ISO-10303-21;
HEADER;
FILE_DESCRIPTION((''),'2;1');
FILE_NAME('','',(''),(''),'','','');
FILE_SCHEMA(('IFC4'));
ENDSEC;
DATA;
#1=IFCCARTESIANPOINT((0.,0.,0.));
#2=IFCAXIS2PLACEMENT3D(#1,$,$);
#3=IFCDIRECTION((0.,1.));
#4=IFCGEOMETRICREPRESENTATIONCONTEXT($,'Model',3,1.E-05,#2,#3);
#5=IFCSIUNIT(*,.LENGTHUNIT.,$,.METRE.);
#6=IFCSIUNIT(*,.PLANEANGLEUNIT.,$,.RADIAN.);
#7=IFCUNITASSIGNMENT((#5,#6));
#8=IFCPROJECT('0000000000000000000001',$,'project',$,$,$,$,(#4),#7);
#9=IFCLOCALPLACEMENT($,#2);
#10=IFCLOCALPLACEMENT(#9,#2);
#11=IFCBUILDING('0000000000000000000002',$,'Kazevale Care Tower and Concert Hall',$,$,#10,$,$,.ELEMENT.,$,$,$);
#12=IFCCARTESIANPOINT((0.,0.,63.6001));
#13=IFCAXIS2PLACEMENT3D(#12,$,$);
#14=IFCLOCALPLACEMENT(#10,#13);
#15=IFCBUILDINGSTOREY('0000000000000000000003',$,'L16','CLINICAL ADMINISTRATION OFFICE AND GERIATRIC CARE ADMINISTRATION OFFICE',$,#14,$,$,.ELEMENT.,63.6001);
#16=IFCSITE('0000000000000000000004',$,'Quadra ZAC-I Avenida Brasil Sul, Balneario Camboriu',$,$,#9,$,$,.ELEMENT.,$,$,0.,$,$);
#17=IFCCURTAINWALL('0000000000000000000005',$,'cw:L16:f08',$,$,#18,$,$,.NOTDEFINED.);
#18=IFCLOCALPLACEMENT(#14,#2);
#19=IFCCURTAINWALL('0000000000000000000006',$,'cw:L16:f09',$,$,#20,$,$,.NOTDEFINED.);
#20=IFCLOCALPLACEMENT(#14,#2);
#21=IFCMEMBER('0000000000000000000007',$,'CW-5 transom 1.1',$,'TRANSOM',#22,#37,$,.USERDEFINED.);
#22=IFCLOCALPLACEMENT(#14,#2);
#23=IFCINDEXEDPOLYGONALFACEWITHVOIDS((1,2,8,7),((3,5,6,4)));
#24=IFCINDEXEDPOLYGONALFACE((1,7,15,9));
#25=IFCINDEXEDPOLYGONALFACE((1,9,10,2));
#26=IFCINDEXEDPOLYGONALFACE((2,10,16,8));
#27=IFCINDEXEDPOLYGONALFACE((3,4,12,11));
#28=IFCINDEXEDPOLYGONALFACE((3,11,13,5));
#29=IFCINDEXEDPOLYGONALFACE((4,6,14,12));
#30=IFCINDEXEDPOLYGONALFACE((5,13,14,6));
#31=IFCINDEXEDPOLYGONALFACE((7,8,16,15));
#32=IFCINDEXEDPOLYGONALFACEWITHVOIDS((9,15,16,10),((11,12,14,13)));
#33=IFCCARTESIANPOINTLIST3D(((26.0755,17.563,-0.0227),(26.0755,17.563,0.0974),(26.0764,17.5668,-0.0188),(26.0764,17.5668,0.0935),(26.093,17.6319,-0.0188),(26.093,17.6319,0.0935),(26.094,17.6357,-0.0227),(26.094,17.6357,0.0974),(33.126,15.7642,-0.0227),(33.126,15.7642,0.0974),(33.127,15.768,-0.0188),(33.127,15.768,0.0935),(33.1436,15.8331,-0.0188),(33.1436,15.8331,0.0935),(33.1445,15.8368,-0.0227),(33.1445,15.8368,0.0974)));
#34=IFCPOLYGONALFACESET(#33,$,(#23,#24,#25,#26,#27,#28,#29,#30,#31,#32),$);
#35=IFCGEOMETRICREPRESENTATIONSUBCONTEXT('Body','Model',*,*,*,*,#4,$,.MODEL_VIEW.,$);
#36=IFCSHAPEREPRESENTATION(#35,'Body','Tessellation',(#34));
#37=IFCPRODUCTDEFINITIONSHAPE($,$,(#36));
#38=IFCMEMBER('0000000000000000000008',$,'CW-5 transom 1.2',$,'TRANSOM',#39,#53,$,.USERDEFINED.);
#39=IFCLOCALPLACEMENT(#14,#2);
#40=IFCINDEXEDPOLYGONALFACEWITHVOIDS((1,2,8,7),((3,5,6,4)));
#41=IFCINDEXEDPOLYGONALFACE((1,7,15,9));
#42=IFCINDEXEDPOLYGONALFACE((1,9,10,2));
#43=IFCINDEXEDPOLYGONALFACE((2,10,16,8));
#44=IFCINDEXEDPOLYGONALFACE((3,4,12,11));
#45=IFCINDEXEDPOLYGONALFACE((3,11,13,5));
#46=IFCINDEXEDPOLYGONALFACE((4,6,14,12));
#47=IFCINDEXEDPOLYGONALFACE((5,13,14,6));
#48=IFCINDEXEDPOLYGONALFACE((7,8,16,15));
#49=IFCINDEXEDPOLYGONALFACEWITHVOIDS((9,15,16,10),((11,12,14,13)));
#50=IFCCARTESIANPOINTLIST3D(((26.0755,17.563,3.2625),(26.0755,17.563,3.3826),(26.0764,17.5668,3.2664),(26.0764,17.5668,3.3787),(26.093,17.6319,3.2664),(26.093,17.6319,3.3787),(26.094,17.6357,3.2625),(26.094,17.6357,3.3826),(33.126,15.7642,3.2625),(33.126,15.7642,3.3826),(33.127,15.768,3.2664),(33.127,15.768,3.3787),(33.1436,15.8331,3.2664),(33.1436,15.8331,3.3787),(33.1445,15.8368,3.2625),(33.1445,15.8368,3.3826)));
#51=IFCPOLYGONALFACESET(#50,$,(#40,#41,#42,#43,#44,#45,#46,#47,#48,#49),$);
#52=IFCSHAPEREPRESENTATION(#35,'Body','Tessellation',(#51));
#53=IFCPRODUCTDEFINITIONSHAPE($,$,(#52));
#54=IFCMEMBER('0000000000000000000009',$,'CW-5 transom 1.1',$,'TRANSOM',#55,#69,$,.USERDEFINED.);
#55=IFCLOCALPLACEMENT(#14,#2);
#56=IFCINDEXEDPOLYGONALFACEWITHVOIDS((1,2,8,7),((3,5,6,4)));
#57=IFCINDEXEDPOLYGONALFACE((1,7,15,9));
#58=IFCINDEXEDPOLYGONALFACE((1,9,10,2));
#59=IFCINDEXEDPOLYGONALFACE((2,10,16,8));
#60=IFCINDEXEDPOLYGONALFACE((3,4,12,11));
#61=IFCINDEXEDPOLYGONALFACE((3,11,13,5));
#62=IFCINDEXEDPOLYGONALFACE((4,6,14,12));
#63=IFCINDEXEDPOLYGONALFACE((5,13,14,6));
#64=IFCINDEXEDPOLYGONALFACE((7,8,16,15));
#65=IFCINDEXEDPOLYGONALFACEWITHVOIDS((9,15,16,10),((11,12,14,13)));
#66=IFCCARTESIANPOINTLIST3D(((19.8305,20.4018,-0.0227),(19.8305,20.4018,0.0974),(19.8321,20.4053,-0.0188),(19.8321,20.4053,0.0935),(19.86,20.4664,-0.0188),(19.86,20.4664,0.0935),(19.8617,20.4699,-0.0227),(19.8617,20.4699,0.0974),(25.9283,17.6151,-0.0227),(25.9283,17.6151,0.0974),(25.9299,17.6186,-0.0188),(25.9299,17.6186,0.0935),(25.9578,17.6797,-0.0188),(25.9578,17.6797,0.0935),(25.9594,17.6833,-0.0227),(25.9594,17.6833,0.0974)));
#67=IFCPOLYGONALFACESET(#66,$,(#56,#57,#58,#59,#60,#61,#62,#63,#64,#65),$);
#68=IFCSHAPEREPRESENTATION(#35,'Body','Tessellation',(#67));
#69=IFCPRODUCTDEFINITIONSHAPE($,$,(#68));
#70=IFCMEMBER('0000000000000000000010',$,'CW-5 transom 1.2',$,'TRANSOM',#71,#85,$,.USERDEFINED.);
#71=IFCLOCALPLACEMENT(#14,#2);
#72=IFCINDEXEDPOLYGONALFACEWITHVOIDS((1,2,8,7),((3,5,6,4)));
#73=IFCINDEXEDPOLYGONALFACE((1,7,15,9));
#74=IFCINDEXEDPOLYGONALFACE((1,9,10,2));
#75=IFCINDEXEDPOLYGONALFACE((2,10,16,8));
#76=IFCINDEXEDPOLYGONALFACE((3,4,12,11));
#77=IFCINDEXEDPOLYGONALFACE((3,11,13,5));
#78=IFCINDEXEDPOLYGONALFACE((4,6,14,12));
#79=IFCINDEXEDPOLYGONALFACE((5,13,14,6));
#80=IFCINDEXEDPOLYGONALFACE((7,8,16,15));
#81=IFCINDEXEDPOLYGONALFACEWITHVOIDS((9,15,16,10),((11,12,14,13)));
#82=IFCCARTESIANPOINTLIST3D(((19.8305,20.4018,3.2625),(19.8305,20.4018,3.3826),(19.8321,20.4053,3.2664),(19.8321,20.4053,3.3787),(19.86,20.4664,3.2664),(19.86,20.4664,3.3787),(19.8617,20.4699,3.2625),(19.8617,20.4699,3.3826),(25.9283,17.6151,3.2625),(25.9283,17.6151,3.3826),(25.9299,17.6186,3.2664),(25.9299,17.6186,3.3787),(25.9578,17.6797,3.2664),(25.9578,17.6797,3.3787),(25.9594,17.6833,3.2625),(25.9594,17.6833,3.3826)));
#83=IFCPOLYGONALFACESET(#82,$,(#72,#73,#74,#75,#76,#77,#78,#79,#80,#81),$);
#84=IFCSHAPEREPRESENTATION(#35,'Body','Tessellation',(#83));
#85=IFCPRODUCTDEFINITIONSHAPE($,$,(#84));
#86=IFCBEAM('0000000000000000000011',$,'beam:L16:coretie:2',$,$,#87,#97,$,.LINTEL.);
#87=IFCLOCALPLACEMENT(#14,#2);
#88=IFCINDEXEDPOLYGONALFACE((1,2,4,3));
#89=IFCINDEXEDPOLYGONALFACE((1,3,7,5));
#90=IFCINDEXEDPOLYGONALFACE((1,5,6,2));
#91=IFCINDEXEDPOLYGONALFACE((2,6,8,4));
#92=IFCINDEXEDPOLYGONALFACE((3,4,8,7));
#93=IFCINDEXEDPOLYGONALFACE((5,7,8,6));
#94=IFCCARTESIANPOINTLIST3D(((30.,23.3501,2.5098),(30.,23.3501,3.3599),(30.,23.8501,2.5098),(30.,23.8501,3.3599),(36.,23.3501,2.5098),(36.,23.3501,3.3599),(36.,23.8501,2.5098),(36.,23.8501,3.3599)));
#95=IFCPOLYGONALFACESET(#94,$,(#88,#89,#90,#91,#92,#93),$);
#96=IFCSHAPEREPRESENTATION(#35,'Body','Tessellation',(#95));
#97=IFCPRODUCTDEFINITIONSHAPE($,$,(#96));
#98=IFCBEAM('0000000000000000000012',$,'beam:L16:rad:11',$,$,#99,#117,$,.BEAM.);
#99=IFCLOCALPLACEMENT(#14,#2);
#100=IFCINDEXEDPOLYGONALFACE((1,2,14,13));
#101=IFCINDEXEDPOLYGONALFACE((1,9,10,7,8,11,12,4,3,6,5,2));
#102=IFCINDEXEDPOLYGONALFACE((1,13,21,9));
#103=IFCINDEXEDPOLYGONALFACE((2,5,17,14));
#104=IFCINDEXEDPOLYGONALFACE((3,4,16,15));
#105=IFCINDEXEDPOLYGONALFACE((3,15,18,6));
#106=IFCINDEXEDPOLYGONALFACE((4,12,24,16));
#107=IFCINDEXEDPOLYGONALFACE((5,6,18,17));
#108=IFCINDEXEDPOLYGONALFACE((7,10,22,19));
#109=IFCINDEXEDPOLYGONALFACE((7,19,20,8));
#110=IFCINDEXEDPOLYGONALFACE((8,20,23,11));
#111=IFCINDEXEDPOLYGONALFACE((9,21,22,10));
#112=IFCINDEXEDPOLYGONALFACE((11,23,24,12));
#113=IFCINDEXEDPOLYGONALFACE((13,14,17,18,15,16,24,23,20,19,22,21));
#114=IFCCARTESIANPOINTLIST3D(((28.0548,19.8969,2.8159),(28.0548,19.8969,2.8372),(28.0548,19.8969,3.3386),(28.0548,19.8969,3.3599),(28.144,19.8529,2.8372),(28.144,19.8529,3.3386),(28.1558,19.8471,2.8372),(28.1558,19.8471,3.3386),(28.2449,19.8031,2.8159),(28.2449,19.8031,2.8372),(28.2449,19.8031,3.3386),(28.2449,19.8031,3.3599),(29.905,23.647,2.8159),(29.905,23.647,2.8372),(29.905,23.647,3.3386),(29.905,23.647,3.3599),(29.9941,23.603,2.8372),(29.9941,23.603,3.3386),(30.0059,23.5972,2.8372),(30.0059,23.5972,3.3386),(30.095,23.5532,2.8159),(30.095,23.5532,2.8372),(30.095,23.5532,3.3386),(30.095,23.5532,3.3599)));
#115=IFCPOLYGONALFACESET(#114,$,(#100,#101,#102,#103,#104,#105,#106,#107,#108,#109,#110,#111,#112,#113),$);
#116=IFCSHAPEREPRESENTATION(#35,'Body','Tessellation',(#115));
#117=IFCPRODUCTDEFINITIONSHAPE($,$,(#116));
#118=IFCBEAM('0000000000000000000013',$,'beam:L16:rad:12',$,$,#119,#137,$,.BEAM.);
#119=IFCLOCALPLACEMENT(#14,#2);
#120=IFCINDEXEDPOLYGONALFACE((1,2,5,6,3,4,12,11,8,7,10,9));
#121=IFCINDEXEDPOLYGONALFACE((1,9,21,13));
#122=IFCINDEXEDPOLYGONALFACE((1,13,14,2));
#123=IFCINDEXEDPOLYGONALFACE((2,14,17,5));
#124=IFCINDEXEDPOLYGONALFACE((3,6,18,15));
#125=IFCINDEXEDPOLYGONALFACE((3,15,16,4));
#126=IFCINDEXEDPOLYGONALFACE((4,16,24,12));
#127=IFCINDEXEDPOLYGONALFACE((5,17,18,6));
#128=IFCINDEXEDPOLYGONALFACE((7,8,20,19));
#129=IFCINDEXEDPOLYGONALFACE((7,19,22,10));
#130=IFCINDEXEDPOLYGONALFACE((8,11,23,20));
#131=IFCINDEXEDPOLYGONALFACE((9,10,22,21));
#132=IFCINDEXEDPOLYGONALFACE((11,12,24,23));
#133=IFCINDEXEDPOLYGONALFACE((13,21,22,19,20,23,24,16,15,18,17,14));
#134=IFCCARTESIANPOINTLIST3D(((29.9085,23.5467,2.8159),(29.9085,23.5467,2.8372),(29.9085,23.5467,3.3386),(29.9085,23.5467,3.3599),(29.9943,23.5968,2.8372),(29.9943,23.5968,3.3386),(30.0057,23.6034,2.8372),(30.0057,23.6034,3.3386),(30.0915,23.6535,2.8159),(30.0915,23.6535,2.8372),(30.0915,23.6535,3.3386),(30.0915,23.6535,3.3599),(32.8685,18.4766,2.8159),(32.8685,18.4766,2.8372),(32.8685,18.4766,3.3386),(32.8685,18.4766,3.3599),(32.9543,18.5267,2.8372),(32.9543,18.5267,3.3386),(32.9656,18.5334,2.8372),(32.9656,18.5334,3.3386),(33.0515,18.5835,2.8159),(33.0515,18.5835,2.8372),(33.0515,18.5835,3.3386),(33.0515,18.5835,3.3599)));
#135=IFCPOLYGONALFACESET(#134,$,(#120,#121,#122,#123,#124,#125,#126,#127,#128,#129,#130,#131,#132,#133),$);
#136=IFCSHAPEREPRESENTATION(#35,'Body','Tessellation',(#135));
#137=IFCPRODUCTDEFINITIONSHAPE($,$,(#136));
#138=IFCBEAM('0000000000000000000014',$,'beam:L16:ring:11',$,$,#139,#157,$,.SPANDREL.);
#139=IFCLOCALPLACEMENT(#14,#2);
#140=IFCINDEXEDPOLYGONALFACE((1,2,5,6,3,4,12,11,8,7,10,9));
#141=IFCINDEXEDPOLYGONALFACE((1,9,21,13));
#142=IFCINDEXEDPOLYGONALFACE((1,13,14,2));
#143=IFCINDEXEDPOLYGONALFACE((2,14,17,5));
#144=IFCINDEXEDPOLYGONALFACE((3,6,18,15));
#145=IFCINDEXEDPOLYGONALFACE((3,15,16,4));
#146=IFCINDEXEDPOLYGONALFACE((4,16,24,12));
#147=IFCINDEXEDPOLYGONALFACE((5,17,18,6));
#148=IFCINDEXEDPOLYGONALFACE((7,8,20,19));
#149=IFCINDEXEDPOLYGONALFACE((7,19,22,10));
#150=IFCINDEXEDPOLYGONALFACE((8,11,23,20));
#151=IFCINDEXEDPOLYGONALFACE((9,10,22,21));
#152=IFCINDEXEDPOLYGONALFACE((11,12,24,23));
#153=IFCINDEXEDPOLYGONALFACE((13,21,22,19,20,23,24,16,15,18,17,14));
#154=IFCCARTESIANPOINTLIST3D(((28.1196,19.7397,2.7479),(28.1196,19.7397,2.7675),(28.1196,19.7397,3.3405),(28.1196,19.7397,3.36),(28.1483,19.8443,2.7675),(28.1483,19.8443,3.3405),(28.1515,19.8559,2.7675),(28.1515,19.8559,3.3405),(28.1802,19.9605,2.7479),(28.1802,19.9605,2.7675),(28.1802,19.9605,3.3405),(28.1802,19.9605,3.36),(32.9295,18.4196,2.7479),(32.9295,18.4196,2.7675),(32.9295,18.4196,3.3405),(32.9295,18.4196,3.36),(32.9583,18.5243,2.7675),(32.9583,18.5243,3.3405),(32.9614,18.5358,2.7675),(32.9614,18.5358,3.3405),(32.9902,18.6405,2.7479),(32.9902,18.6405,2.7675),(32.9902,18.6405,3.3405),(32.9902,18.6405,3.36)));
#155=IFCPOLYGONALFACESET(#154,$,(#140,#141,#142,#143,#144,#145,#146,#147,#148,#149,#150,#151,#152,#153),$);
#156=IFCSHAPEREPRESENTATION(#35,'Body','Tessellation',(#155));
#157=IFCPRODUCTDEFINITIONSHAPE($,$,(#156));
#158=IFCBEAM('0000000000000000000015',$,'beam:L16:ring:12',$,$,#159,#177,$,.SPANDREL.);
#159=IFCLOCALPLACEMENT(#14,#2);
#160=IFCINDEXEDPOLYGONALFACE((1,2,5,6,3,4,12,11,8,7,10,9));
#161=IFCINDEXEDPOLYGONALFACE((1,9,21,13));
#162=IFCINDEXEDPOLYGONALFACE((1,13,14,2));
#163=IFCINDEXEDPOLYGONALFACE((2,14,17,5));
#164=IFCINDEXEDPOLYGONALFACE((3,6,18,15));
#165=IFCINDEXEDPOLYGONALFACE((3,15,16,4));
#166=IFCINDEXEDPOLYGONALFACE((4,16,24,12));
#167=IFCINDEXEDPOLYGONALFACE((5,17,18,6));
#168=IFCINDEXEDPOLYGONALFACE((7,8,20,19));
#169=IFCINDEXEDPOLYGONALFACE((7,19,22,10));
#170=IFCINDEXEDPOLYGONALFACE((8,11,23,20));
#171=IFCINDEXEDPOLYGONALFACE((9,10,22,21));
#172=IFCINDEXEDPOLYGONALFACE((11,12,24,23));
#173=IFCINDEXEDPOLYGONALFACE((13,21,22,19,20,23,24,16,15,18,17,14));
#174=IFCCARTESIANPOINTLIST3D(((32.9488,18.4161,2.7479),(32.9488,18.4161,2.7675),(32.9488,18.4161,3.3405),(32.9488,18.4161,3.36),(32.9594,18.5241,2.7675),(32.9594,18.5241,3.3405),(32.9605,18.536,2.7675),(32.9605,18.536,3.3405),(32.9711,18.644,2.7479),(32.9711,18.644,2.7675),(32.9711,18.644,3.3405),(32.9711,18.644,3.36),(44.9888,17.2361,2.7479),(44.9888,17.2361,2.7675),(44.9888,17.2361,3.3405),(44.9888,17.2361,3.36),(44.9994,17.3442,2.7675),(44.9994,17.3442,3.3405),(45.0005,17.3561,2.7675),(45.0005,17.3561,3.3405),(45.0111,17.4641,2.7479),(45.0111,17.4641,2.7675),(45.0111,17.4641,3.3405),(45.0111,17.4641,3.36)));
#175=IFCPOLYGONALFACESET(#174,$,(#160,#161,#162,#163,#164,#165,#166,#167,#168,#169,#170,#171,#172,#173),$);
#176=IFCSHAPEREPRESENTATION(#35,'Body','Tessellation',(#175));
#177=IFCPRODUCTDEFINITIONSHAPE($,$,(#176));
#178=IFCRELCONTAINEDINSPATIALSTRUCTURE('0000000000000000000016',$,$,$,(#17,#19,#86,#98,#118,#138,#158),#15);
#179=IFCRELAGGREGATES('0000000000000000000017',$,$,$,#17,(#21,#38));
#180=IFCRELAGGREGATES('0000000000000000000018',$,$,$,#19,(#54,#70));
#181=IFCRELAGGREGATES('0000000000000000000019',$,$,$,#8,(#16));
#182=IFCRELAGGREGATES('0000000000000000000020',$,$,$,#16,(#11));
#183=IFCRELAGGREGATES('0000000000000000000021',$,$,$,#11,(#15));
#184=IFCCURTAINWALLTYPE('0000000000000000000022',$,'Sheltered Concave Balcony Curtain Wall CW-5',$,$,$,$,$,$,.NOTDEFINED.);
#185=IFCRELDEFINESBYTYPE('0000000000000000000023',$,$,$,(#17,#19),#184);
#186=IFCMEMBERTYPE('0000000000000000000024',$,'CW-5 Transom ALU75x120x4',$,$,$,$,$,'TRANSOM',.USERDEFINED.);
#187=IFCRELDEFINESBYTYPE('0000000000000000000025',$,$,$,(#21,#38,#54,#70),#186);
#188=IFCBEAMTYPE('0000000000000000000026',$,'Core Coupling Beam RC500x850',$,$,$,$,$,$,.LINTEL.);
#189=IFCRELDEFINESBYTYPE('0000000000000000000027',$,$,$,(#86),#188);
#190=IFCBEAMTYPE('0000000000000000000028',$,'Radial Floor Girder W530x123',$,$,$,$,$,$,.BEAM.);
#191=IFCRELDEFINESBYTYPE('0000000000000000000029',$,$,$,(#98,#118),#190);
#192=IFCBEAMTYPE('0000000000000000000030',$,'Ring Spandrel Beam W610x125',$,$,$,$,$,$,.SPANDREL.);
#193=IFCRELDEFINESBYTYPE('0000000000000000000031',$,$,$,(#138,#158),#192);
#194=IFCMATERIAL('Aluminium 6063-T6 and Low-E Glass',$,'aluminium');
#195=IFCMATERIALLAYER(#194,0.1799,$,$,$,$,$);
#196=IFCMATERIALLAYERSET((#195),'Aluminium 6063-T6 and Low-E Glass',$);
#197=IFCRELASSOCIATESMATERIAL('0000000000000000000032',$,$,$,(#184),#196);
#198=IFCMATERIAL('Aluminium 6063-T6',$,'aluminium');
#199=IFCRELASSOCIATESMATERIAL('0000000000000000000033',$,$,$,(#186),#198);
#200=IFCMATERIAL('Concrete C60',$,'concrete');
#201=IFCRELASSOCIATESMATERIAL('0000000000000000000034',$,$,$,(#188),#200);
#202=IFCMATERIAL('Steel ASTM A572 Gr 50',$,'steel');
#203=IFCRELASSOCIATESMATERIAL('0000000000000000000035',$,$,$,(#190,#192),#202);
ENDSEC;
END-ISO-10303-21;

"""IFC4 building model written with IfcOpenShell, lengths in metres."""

from ifc_helpers import new_model, si_unit, direction, frame, origin, origin_2d, place, context, subcontext, project, spatial, rectangle, hollow_rectangle, i_section, extrude, material, layer, layer_set, material_profile, profile_set, type_object, element, aggregate, save


model = new_model("IFC4")

# Units and contexts
model_context = context("Model", 3, precision=1e-05, world=origin(), true_north=direction((0.0, 1.0)))
body_context = subcontext(model_context, "Body", "Model", "MODEL_VIEW")
ifc_project = project(units=[si_unit("LENGTHUNIT", "METRE"), si_unit("PLANEANGLEUNIT", "RADIAN")], contexts=[model_context])

# Site, building, storey
site_placement = place(None, origin())
site = spatial("IfcSite", under=ifc_project, at=site_placement, Name="Quadra ZAC-I Avenida Brasil Sul, Balneario Camboriu", CompositionType="ELEMENT", RefElevation=0.0)
building_placement = place(site_placement, origin())
building = spatial("IfcBuilding", under=site, at=building_placement, Name="Kazevale Care Tower and Concert Hall", CompositionType="ELEMENT")
storey_placement = place(building_placement, frame((0.0, 0.0, 63.6001)))
storey = spatial("IfcBuildingStorey", under=building, at=storey_placement, Name="L16", Description="CLINICAL ADMINISTRATION OFFICE AND GERIATRIC CARE ADMINISTRATION OFFICE", CompositionType="ELEMENT", Elevation=63.6001)

# Shared definitions
ifc_material_1 = material(Name="Aluminium 6063-T6 and Low-E Glass", Category="aluminium")
ifc_layer_1 = layer(ifc_material_1, 0.1799)
ifc_layer_set_1 = layer_set([ifc_layer_1], Name="Aluminium 6063-T6 and Low-E Glass")
curtain_wall_type = type_object("IfcCurtainWallType", Name="Sheltered Concave Balcony Curtain Wall CW-5", PredefinedType="NOTDEFINED", material=ifc_layer_set_1)
ifc_material_2 = material(Name="Aluminium 6063-T6", Category="aluminium")

# Curtain wall
curtain_wall_1_placement = place(storey_placement, origin())
curtain_wall_1 = element("IfcCurtainWall", 1, at=curtain_wall_1_placement, inside=storey, type_object=curtain_wall_type, Name="cw:L16:f08", PredefinedType="NOTDEFINED")

# Curtain wall
curtain_wall_2_placement = place(storey_placement, origin())
curtain_wall_2 = element("IfcCurtainWall", 2, at=curtain_wall_2_placement, inside=storey, type_object=curtain_wall_type, Name="cw:L16:f09", PredefinedType="NOTDEFINED")

# Members
ifc_material_profile_1 = material_profile(ifc_material_2, hollow_rectangle(XDim=0.075, YDim=0.1201, WallThickness=0.0039, at=origin_2d()), Name="ALU75x120x4")
ifc_profile_set_1 = profile_set([ifc_material_profile_1], Name="Aluminium 6063-T6")
member_type_1 = type_object("IfcMemberType", Name="CW-5 Transom ALU75x120x4", ElementType="TRANSOM", PredefinedType="USERDEFINED", material=ifc_profile_set_1)
member_1_placement = place(storey_placement, frame((33.1353, 15.8005, 0.0374), z_axis=(-0.968961, 0.247214, 0.0), x_axis=(-0.247214, -0.968961, 0.0)))
member_1 = element("IfcMember", 3, at=member_1_placement, type_object=member_type_1, Name="CW-5 transom 1.1", ObjectType="TRANSOM", PredefinedType="USERDEFINED", context=body_context, shape_type="SweptSolid", body=[
    extrude(hollow_rectangle(XDim=0.075, YDim=0.1201, WallThickness=0.0039, at=origin_2d()), origin(), (0.0, 0.0, 1.0), 7.2764),
])
member_2_placement = place(storey_placement, frame((33.1353, 15.8005, 3.3225), z_axis=(-0.968961, 0.247214, 0.0), x_axis=(-0.247214, -0.968961, 0.0)))
member_2 = element("IfcMember", 4, at=member_2_placement, type_object=member_type_1, Name="CW-5 transom 1.2", ObjectType="TRANSOM", PredefinedType="USERDEFINED", context=body_context, shape_type="SweptSolid", body=[
    extrude(hollow_rectangle(XDim=0.075, YDim=0.1201, WallThickness=0.0039, at=origin_2d()), origin(), (0.0, 0.0, 1.0), 7.2764),
])
member_3_placement = place(storey_placement, frame((25.9438, 17.6492, 0.0374), z_axis=(-0.909524, 0.415651, 0.0), x_axis=(-0.415651, -0.909524, 0.0)))
member_3 = element("IfcMember", 5, at=member_3_placement, type_object=member_type_1, Name="CW-5 transom 1.1", ObjectType="TRANSOM", PredefinedType="USERDEFINED", context=body_context, shape_type="SweptSolid", body=[
    extrude(hollow_rectangle(XDim=0.075, YDim=0.1201, WallThickness=0.0039, at=origin_2d()), origin(), (0.0, 0.0, 1.0), 6.7043),
])
member_4_placement = place(storey_placement, frame((25.9438, 17.6492, 3.3225), z_axis=(-0.909524, 0.415651, 0.0), x_axis=(-0.415651, -0.909524, 0.0)))
member_4 = element("IfcMember", 6, at=member_4_placement, type_object=member_type_1, Name="CW-5 transom 1.2", ObjectType="TRANSOM", PredefinedType="USERDEFINED", context=body_context, shape_type="SweptSolid", body=[
    extrude(hollow_rectangle(XDim=0.075, YDim=0.1201, WallThickness=0.0039, at=origin_2d()), origin(), (0.0, 0.0, 1.0), 6.7043),
])

# Beams
ifc_material_3 = material(Name="Concrete C60", Category="concrete")
ifc_material_profile_2 = material_profile(ifc_material_3, rectangle(XDim=0.5, YDim=0.8501, at=origin_2d()), Name="RC-B500x850")
ifc_profile_set_2 = profile_set([ifc_material_profile_2], Name="Concrete C60")
beam_type_1 = type_object("IfcBeamType", Name="Core Coupling Beam RC500x850", PredefinedType="LINTEL", material=ifc_profile_set_2)
beam_1_placement = place(storey_placement, frame((30.0, 23.6001, 2.9348), z_axis=(1.0, 0.0, 0.0), x_axis=(0.0, 1.0, 0.0)))
element("IfcBeam", 7, at=beam_1_placement, inside=storey, type_object=beam_type_1, Name="beam:L16:coretie:2", PredefinedType="LINTEL", context=body_context, shape_type="SweptSolid", body=[
    extrude(rectangle(XDim=0.5, YDim=0.8501, at=origin_2d()), origin(), (0.0, 0.0, 1.0), 6.0),
])
ifc_material_4 = material(Name="Steel ASTM A572 Gr 50", Category="steel")
ifc_material_profile_3 = material_profile(ifc_material_4, i_section(OverallWidth=0.2119, OverallDepth=0.5439, WebThickness=0.0132, FlangeThickness=0.0212, at=origin_2d()), Name="W530x123")
ifc_profile_set_3 = profile_set([ifc_material_profile_3], Name="Steel ASTM A572 Gr 50")
beam_type_2 = type_object("IfcBeamType", Name="Radial Floor Girder W530x123", PredefinedType="BEAM", material=ifc_profile_set_3)
beam_2_placement = place(storey_placement, frame((30.0, 23.6001, 3.0879), z_axis=(-0.442443, -0.896797, 0.0), x_axis=(0.896797, -0.442443, 0.0)))
element("IfcBeam", 8, at=beam_2_placement, inside=storey, type_object=beam_type_2, Name="beam:L16:rad:11", PredefinedType="BEAM", context=body_context, shape_type="SweptSolid", body=[
    extrude(i_section(OverallWidth=0.2119, OverallDepth=0.5439, WebThickness=0.0132, FlangeThickness=0.0212, at=origin_2d()), origin(), (0.0, 0.0, 1.0), 4.1816),
])
beam_3_placement = place(storey_placement, frame((30.0, 23.6001, 3.0879), z_axis=(0.504179, -0.863599, 0.0), x_axis=(0.863599, 0.504179, 0.0)))
element("IfcBeam", 9, at=beam_3_placement, inside=storey, type_object=beam_type_2, Name="beam:L16:rad:12", PredefinedType="BEAM", context=body_context, shape_type="SweptSolid", body=[
    extrude(i_section(OverallWidth=0.2119, OverallDepth=0.5439, WebThickness=0.0132, FlangeThickness=0.0212, at=origin_2d()), origin(), (0.0, 0.0, 1.0), 5.8708),
])
ifc_material_profile_4 = material_profile(ifc_material_4, i_section(OverallWidth=0.229, OverallDepth=0.6121, WebThickness=0.012, FlangeThickness=0.0195, at=origin_2d()), Name="W610x125")
ifc_profile_set_4 = profile_set([ifc_material_profile_4], Name="Steel ASTM A572 Gr 50")
beam_type_3 = type_object("IfcBeamType", Name="Ring Spandrel Beam W610x125", PredefinedType="SPANDREL", material=ifc_profile_set_4)
beam_4_placement = place(storey_placement, frame((28.1499, 19.8501, 3.054), z_axis=(0.964344, -0.264654, 0.0), x_axis=(0.264654, 0.964344, 0.0)))
element("IfcBeam", 10, at=beam_4_placement, inside=storey, type_object=beam_type_3, Name="beam:L16:ring:11", PredefinedType="SPANDREL", context=body_context, shape_type="SweptSolid", body=[
    extrude(i_section(OverallWidth=0.229, OverallDepth=0.6121, WebThickness=0.012, FlangeThickness=0.0195, at=origin_2d()), origin(), (0.0, 0.0, 1.0), 4.9878),
])
beam_5_placement = place(storey_placement, frame((32.96, 18.53, 3.054), z_axis=(0.995232, -0.097533, 0.0), x_axis=(0.097533, 0.995232, 0.0)))
element("IfcBeam", 11, at=beam_5_placement, inside=storey, type_object=beam_type_3, Name="beam:L16:ring:12", PredefinedType="SPANDREL", context=body_context, shape_type="SweptSolid", body=[
    extrude(i_section(OverallWidth=0.229, OverallDepth=0.6121, WebThickness=0.012, FlangeThickness=0.0195, at=origin_2d()), origin(), (0.0, 0.0, 1.0), 12.0977),
])

aggregate(curtain_wall_1, [member_1, member_2])
aggregate(curtain_wall_2, [member_3, member_4])

save(model, "model.ifc")
